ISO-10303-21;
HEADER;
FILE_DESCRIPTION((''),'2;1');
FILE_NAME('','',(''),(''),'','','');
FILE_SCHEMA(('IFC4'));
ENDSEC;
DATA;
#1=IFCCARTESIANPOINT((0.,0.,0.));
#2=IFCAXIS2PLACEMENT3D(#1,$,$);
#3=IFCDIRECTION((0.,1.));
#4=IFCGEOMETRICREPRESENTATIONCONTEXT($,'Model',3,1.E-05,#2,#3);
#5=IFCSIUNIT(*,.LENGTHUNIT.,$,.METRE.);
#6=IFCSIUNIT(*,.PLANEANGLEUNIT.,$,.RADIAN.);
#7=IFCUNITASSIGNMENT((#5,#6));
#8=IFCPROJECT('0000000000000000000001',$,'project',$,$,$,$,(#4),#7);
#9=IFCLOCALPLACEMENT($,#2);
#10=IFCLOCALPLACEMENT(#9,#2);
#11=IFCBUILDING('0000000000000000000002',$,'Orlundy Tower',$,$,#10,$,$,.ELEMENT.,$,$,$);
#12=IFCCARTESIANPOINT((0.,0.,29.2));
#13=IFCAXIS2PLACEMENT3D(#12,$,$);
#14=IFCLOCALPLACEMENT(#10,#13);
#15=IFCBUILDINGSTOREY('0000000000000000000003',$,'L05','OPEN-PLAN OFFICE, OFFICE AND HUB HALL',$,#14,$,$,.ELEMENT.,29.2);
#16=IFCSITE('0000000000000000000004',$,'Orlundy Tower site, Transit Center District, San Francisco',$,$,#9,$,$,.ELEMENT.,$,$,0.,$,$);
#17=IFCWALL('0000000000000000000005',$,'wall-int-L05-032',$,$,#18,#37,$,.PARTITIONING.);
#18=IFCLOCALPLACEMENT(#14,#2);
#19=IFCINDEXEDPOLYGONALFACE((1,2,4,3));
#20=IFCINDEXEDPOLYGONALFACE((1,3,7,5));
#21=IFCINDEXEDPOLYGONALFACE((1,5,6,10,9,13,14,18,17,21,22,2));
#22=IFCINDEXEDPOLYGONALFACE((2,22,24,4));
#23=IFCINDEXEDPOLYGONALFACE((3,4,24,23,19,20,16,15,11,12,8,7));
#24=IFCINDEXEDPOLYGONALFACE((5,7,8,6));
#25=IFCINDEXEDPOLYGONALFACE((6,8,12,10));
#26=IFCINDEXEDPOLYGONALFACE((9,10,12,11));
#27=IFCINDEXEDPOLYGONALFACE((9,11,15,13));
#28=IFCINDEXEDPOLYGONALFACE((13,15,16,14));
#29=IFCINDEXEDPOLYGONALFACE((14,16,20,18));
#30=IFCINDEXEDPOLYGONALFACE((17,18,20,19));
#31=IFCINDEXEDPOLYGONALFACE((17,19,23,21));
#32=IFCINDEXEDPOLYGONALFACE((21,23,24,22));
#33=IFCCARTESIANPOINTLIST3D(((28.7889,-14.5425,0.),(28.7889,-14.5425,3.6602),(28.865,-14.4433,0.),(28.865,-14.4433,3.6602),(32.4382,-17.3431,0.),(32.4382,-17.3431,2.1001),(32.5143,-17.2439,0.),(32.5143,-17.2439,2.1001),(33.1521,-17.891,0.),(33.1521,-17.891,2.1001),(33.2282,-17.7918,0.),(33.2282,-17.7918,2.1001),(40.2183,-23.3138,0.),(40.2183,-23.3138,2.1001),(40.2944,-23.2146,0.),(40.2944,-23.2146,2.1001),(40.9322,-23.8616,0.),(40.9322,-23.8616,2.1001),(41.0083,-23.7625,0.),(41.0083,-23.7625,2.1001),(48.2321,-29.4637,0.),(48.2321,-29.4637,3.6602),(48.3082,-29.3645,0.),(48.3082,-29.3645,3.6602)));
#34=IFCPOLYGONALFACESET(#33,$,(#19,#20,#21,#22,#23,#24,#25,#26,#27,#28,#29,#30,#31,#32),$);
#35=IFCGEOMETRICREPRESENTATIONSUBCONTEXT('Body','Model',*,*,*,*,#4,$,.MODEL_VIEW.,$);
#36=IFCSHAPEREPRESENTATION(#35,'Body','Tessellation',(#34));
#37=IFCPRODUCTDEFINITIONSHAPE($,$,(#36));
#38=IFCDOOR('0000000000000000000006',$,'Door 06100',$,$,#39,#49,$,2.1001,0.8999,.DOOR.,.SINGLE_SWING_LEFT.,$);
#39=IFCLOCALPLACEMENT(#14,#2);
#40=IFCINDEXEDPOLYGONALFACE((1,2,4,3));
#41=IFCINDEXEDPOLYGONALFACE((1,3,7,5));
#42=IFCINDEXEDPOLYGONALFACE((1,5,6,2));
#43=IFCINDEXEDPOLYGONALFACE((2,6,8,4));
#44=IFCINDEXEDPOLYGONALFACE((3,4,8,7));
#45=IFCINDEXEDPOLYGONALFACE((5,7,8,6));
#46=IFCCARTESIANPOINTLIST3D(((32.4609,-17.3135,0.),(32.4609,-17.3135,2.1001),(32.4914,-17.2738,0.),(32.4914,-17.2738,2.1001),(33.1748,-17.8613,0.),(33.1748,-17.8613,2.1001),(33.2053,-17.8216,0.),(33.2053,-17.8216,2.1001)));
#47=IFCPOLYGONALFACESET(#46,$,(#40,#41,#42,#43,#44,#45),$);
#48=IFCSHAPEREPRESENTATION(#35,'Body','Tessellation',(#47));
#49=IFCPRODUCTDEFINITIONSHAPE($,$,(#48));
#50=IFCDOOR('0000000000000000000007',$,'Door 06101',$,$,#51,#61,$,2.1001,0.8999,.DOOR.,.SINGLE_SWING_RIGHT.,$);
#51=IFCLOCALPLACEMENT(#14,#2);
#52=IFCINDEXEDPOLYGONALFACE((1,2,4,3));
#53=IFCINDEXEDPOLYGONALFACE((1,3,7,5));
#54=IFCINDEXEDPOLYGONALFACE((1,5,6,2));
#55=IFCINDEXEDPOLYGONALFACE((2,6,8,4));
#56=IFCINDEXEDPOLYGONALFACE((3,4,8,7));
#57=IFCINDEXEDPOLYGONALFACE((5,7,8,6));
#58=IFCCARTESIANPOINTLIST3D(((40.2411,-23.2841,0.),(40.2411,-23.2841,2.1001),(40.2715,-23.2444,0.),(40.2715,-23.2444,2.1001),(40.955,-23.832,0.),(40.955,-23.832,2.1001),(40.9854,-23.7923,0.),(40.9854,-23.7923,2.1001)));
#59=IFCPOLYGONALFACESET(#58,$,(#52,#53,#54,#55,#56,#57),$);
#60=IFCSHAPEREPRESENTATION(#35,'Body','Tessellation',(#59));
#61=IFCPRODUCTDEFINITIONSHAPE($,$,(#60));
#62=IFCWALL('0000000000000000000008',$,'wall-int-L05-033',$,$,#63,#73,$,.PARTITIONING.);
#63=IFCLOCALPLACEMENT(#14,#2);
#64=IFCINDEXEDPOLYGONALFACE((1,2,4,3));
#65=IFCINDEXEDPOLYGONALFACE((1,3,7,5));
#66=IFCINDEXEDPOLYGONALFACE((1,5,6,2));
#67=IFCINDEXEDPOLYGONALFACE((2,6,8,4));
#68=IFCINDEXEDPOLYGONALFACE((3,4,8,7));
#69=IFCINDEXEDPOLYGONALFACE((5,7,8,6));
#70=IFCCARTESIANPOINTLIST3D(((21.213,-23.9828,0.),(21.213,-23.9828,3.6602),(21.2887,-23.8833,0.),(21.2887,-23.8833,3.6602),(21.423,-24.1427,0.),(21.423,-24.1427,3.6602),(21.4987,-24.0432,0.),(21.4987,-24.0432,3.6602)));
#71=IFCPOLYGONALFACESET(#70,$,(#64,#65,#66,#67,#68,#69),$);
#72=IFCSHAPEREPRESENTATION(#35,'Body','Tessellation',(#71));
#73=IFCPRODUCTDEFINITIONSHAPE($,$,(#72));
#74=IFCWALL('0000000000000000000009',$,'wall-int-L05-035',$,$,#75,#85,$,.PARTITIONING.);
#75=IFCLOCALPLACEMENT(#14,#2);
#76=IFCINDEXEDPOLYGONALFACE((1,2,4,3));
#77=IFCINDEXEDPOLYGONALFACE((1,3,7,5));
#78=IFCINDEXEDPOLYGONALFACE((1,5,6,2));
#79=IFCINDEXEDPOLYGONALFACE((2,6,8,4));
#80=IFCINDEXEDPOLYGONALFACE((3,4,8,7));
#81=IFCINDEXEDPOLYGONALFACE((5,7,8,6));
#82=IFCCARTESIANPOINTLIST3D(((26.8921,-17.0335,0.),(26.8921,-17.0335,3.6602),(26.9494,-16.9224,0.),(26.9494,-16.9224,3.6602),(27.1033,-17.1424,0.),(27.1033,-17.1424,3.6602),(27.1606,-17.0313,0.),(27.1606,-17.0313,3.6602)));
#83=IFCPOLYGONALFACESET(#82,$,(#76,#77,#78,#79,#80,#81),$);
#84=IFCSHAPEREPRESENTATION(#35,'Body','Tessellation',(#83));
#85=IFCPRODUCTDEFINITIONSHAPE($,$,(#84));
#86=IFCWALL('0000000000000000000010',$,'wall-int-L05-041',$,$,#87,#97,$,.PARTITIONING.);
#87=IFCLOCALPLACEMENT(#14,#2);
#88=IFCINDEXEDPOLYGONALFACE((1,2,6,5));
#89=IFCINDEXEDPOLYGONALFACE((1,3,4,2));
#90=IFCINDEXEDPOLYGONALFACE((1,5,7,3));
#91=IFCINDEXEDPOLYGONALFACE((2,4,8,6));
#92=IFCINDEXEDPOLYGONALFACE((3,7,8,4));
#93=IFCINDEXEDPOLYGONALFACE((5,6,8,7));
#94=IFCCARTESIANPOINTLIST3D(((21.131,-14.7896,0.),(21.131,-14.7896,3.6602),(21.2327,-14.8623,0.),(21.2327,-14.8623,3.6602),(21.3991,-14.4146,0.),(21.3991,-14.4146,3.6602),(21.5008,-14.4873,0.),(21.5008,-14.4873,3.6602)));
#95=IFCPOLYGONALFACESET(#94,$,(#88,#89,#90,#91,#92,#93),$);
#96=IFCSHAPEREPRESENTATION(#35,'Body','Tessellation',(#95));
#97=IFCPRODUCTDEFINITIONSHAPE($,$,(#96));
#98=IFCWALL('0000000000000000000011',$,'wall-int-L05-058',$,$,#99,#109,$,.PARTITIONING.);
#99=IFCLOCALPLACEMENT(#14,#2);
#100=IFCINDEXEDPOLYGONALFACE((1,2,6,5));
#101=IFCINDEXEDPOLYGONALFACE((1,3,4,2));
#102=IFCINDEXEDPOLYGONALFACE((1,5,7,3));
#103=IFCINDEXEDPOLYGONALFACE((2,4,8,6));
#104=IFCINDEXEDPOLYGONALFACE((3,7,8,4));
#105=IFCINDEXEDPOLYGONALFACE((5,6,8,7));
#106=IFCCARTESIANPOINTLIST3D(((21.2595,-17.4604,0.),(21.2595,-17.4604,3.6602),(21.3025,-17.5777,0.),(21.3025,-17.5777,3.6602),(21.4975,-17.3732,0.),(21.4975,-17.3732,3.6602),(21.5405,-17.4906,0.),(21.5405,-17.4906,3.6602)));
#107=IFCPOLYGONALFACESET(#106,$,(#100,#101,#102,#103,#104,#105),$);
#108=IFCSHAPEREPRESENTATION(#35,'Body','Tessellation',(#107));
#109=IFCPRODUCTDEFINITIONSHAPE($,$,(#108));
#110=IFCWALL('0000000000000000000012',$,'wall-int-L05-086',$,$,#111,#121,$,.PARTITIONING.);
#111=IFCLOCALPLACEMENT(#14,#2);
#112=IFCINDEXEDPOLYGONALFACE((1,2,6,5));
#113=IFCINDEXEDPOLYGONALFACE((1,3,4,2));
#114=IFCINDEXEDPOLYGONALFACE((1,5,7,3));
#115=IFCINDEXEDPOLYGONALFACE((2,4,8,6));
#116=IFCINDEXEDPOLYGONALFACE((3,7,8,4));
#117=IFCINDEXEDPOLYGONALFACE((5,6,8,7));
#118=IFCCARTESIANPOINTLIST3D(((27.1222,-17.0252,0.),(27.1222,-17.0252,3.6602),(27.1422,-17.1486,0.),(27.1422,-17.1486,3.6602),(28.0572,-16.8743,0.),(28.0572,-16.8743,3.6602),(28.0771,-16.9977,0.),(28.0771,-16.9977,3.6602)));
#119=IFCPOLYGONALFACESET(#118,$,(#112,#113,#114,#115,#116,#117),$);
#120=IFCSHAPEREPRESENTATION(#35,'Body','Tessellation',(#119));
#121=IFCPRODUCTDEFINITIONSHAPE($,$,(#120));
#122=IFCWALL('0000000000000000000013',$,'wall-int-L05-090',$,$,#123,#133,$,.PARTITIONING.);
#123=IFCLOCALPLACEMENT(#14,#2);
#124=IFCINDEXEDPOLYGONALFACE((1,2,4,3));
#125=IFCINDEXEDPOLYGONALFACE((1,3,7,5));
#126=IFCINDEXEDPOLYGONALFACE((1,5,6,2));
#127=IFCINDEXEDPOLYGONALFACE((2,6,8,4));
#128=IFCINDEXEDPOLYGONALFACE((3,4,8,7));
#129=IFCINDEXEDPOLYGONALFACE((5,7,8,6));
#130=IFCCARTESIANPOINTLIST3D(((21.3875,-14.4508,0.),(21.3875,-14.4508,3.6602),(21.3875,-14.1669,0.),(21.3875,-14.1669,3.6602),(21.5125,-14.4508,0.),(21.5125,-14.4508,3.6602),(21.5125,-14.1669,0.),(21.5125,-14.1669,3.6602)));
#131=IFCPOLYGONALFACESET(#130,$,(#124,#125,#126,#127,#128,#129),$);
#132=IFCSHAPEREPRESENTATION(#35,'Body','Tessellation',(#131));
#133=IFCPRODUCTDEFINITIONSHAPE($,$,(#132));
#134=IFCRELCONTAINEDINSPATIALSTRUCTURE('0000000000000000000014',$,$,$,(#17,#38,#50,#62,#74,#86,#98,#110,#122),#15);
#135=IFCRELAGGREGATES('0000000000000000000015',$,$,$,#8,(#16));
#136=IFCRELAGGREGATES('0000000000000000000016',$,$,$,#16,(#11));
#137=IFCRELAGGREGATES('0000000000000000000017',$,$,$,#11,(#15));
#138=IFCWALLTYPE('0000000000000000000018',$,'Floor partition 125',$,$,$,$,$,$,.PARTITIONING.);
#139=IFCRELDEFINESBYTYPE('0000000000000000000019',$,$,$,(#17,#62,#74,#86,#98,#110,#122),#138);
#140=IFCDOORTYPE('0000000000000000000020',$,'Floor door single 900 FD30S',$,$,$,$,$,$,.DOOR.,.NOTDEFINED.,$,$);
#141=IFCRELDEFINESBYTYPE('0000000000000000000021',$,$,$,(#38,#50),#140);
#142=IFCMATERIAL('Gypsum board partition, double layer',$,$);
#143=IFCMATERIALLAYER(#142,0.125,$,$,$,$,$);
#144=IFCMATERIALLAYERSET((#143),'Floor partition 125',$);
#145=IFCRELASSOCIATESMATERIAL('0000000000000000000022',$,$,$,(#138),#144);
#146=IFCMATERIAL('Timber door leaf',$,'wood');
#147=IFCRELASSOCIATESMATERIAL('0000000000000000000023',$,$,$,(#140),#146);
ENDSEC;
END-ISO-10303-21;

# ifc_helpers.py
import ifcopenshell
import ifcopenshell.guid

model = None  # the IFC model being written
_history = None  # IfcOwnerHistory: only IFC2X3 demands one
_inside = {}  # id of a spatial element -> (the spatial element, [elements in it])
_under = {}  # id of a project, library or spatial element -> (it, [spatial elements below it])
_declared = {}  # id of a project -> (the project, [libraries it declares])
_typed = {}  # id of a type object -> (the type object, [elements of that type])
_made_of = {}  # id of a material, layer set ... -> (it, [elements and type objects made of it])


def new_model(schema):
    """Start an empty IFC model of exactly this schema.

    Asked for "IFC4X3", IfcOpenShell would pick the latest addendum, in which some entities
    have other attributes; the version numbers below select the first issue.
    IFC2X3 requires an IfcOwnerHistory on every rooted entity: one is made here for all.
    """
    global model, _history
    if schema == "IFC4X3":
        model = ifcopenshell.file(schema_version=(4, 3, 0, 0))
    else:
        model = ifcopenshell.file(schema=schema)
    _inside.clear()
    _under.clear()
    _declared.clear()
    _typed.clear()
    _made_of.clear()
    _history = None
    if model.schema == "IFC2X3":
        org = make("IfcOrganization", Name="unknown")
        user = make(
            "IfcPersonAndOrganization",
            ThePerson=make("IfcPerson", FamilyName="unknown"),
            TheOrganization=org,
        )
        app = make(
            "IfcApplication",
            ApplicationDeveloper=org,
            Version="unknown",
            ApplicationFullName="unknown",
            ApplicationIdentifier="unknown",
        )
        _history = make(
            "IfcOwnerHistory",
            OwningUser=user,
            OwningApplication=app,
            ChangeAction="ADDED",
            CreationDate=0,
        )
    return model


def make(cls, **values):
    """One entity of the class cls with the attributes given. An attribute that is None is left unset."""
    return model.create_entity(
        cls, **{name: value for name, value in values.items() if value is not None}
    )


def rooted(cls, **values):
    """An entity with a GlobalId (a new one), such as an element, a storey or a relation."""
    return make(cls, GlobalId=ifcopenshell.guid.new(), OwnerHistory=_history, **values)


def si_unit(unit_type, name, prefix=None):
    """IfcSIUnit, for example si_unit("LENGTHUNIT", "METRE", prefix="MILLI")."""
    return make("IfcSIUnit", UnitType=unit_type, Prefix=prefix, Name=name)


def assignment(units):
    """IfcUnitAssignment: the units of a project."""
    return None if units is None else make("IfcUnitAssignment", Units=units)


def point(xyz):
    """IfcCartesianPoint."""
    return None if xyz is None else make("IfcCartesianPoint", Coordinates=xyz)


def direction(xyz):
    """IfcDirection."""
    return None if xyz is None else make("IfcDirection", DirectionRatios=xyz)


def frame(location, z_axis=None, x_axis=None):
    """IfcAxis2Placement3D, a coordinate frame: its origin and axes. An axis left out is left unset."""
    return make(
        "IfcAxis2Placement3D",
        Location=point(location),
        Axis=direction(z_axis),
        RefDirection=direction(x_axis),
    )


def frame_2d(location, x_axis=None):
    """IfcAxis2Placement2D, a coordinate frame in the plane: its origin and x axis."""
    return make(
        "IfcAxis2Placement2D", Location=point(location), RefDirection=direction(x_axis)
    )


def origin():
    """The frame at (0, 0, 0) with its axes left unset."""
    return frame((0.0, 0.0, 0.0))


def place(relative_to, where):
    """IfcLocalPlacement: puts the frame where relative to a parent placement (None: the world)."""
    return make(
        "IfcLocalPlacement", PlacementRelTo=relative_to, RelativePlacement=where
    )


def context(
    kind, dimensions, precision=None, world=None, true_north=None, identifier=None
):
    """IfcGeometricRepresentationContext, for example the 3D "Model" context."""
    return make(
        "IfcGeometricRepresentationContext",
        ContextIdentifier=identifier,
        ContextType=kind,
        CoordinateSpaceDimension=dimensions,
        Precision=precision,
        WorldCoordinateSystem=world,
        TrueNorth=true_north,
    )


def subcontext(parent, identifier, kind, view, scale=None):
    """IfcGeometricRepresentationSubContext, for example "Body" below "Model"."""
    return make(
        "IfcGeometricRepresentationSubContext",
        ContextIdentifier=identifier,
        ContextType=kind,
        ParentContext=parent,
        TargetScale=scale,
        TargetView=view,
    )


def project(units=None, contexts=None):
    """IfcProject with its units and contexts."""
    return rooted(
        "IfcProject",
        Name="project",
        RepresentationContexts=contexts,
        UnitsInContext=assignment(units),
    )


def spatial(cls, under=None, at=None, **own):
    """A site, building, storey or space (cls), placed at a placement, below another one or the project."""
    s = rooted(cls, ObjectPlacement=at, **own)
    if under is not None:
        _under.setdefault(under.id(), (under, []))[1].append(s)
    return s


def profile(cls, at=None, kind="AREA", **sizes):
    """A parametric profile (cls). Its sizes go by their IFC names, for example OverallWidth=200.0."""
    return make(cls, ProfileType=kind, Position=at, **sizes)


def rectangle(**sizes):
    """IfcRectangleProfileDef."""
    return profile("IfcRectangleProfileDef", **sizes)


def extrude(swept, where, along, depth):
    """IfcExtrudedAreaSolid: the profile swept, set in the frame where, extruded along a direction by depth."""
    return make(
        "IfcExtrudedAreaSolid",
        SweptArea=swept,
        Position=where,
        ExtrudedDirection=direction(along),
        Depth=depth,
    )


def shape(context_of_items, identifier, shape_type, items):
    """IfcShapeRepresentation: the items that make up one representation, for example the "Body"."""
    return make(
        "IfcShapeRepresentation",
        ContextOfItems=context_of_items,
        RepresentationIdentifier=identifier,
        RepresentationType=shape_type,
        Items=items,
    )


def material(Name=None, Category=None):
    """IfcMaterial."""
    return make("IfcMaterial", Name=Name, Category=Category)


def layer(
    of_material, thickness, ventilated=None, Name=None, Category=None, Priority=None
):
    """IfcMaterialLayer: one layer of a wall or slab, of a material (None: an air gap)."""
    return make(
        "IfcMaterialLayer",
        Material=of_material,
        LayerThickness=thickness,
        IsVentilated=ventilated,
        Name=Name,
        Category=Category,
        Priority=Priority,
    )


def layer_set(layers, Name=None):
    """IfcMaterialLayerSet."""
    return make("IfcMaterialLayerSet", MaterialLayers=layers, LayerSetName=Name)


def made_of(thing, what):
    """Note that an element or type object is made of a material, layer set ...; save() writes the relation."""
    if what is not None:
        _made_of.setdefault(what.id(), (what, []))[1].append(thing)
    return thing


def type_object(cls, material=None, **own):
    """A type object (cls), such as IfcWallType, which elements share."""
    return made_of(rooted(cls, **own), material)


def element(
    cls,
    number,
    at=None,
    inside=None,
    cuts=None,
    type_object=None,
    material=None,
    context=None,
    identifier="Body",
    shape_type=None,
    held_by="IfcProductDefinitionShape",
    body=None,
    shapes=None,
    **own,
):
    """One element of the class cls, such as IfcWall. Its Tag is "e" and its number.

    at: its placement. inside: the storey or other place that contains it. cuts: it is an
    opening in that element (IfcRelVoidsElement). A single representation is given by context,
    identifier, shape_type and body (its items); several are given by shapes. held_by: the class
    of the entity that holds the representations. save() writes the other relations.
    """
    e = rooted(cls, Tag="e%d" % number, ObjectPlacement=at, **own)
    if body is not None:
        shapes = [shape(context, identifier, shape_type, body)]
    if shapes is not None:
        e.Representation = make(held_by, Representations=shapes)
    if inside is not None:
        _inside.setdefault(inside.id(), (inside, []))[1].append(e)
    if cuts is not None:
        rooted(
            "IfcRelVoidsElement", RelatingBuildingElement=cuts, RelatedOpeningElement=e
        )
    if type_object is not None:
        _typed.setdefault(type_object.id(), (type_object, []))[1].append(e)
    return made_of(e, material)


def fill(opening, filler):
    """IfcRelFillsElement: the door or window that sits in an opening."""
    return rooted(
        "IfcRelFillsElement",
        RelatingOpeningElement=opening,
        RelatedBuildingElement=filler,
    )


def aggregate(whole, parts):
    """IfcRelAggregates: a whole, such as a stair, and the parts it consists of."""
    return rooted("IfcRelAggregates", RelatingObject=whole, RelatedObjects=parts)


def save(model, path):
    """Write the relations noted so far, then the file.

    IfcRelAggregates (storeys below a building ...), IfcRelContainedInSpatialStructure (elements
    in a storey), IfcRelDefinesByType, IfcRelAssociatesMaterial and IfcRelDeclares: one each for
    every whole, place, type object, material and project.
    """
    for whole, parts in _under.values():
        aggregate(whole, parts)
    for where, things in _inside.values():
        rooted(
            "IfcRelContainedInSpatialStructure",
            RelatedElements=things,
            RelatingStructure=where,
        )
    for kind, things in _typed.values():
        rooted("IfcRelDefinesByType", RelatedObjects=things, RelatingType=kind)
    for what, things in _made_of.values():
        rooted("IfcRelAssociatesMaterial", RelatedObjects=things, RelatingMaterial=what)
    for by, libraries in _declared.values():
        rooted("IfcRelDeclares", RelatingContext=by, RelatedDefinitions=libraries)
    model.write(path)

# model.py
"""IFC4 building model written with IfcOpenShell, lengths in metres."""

from ifc_helpers import new_model, si_unit, direction, frame, frame_2d, origin, place, context, subcontext, project, spatial, rectangle, extrude, material, layer, layer_set, type_object, element, fill, save


model = new_model("IFC4")

# Units and contexts
model_context = context("Model", 3, precision=1e-05, world=origin(), true_north=direction((0.0, 1.0)))
body_context = subcontext(model_context, "Body", "Model", "MODEL_VIEW")
ifc_project = project(units=[si_unit("LENGTHUNIT", "METRE"), si_unit("PLANEANGLEUNIT", "RADIAN")], contexts=[model_context])

# Site, building, storey
site_placement = place(None, origin())
site = spatial("IfcSite", under=ifc_project, at=site_placement, Name="Orlundy Tower site, Transit Center District, San Francisco", CompositionType="ELEMENT", RefElevation=0.0)
building_placement = place(site_placement, origin())
building = spatial("IfcBuilding", under=site, at=building_placement, Name="Orlundy Tower", CompositionType="ELEMENT")
storey_placement = place(building_placement, frame((0.0, 0.0, 29.2)))
storey = spatial("IfcBuildingStorey", under=building, at=storey_placement, Name="L05", Description="OPEN-PLAN OFFICE, OFFICE AND HUB HALL", CompositionType="ELEMENT", Elevation=29.2)

# Shared definitions
ifc_material_1 = material(Name="Gypsum board partition, double layer")
ifc_layer_1 = layer(ifc_material_1, 0.125)
ifc_layer_set_1 = layer_set([ifc_layer_1], Name="Floor partition 125")
wall_type_1 = type_object("IfcWallType", Name="Floor partition 125", PredefinedType="PARTITIONING", material=ifc_layer_set_1)

# Wall, openings, doors
ifc_material_2 = material(Name="Timber door leaf", Category="wood")
door_type = type_object("IfcDoorType", Name="Floor door single 900 FD30S", OperationType="NOTDEFINED", PredefinedType="DOOR", material=ifc_material_2)
wall_1_placement = place(storey_placement, frame((28.8269, -14.4929, 0.0), z_axis=(0.0, 0.0, 1.0), x_axis=(0.793316, -0.608811, 0.0)))
wall_1 = element("IfcWall", 1, at=wall_1_placement, inside=storey, type_object=wall_type_1, Name="wall-int-L05-032", PredefinedType="PARTITIONING", context=body_context, shape_type="SweptSolid", body=[
    extrude(rectangle(XDim=24.5088, YDim=0.125, at=frame_2d((12.2544, 0.0))), origin(), (0.0, 0.0, 1.0), 3.6602),
])
opening_1_placement = place(wall_1_placement, frame((4.6001, 0.0, 0.0)))
opening_1 = element("IfcOpeningElement", 2, at=opening_1_placement, cuts=wall_1, PredefinedType="OPENING", context=body_context, shape_type="SweptSolid", body=[
    extrude(rectangle(XDim=0.8999, YDim=2.1001, at=frame_2d((0.45, 1.05))), frame((0.0, 0.0725, 0.0), z_axis=(0.0, -1.0, 0.0), x_axis=(1.0, 0.0, 0.0)), (0.0, 0.0, 1.0), 0.145),
])
opening_2_placement = place(wall_1_placement, frame((14.4072, 0.0, 0.0)))
opening_2 = element("IfcOpeningElement", 3, at=opening_2_placement, cuts=wall_1, PredefinedType="OPENING", context=body_context, shape_type="SweptSolid", body=[
    extrude(rectangle(XDim=0.8999, YDim=2.1001, at=frame_2d((0.45, 1.05))), frame((0.0, 0.0725, 0.0), z_axis=(0.0, -1.0, 0.0), x_axis=(1.0, 0.0, 0.0)), (0.0, 0.0, 1.0), 0.145),
])
door_1_placement = place(opening_1_placement, origin())
door_1 = element("IfcDoor", 4, at=door_1_placement, inside=storey, type_object=door_type, Name="Door 06100", OperationType="SINGLE_SWING_LEFT", OverallHeight=2.1001, OverallWidth=0.8999, PredefinedType="DOOR", context=body_context, shape_type="SweptSolid", body=[
    extrude(rectangle(XDim=0.8999, YDim=2.1001, at=frame_2d((0.45, 1.05))), frame((0.0, 0.0249, 0.0), z_axis=(0.0, -1.0, 0.0), x_axis=(1.0, 0.0, 0.0)), (0.0, 0.0, 1.0), 0.05),
])
fill(opening_1, door_1)
door_2_placement = place(opening_2_placement, origin())
door_2 = element("IfcDoor", 5, at=door_2_placement, inside=storey, type_object=door_type, Name="Door 06101", OperationType="SINGLE_SWING_RIGHT", OverallHeight=2.1001, OverallWidth=0.8999, PredefinedType="DOOR", context=body_context, shape_type="SweptSolid", body=[
    extrude(rectangle(XDim=0.8999, YDim=2.1001, at=frame_2d((0.45, 1.05))), frame((0.0, 0.0249, 0.0), z_axis=(0.0, -1.0, 0.0), x_axis=(1.0, 0.0, 0.0)), (0.0, 0.0, 1.0), 0.05),
])
fill(opening_2, door_2)

# Walls
wall_2_placement = place(storey_placement, frame((21.251, -23.9331, 0.0), z_axis=(0.0, 0.0, 1.0), x_axis=(0.795538, -0.605904, 0.0)))
element("IfcWall", 6, at=wall_2_placement, inside=storey, type_object=wall_type_1, Name="wall-int-L05-033", PredefinedType="PARTITIONING", context=body_context, shape_type="SweptSolid", body=[
    extrude(rectangle(XDim=0.2639, YDim=0.125, at=frame_2d((0.1318, 0.0))), origin(), (0.0, 0.0, 1.0), 3.6602),
])
wall_3_placement = place(storey_placement, frame((26.9209, -16.978, 0.0), z_axis=(0.0, 0.0, 1.0), x_axis=(0.88881, -0.458276, 0.0)))
element("IfcWall", 7, at=wall_3_placement, inside=storey, type_object=wall_type_1, Name="wall-int-L05-035", PredefinedType="PARTITIONING", context=body_context, shape_type="SweptSolid", body=[
    extrude(rectangle(XDim=0.2375, YDim=0.125, at=frame_2d((0.1187, 0.0))), origin(), (0.0, 0.0, 1.0), 3.6602),
])
wall_4_placement = place(storey_placement, frame((21.1819, -14.8259, 0.0), z_axis=(0.0, 0.0, 1.0), x_axis=(0.581539, 0.813519, 0.0)))
element("IfcWall", 8, at=wall_4_placement, inside=storey, type_object=wall_type_1, Name="wall-int-L05-041", PredefinedType="PARTITIONING", context=body_context, shape_type="SweptSolid", body=[
    extrude(rectangle(XDim=0.4609, YDim=0.125, at=frame_2d((0.2305, 0.0))), origin(), (0.0, 0.0, 1.0), 3.6602),
])
wall_5_placement = place(storey_placement, frame((21.281, -17.519, 0.0), z_axis=(0.0, 0.0, 1.0), x_axis=(0.939032, 0.34383, 0.0)))
element("IfcWall", 9, at=wall_5_placement, inside=storey, type_object=wall_type_1, Name="wall-int-L05-058", PredefinedType="PARTITIONING", context=body_context, shape_type="SweptSolid", body=[
    extrude(rectangle(XDim=0.2534, YDim=0.125, at=frame_2d((0.1267, 0.0))), origin(), (0.0, 0.0, 1.0), 3.6602),
])
wall_6_placement = place(storey_placement, frame((27.1321, -17.0869, 0.0), z_axis=(0.0, 0.0, 1.0), x_axis=(0.987224, 0.159338, 0.0)))
element("IfcWall", 10, at=wall_6_placement, inside=storey, type_object=wall_type_1, Name="wall-int-L05-086", PredefinedType="PARTITIONING", context=body_context, shape_type="SweptSolid", body=[
    extrude(rectangle(XDim=0.947, YDim=0.125, at=frame_2d((0.4736, 0.0))), origin(), (0.0, 0.0, 1.0), 3.6602),
])
wall_7_placement = place(storey_placement, frame((21.45, -14.4509, 0.0), z_axis=(0.0, 0.0, 1.0), x_axis=(0.0, 1.0, 0.0)))
element("IfcWall", 11, at=wall_7_placement, inside=storey, type_object=wall_type_1, Name="wall-int-L05-090", PredefinedType="PARTITIONING", context=body_context, shape_type="SweptSolid", body=[
    extrude(rectangle(XDim=0.2839, YDim=0.125, at=frame_2d((0.1421, 0.0))), origin(), (0.0, 0.0, 1.0), 3.6602),
])

save(model, "model.ifc")
